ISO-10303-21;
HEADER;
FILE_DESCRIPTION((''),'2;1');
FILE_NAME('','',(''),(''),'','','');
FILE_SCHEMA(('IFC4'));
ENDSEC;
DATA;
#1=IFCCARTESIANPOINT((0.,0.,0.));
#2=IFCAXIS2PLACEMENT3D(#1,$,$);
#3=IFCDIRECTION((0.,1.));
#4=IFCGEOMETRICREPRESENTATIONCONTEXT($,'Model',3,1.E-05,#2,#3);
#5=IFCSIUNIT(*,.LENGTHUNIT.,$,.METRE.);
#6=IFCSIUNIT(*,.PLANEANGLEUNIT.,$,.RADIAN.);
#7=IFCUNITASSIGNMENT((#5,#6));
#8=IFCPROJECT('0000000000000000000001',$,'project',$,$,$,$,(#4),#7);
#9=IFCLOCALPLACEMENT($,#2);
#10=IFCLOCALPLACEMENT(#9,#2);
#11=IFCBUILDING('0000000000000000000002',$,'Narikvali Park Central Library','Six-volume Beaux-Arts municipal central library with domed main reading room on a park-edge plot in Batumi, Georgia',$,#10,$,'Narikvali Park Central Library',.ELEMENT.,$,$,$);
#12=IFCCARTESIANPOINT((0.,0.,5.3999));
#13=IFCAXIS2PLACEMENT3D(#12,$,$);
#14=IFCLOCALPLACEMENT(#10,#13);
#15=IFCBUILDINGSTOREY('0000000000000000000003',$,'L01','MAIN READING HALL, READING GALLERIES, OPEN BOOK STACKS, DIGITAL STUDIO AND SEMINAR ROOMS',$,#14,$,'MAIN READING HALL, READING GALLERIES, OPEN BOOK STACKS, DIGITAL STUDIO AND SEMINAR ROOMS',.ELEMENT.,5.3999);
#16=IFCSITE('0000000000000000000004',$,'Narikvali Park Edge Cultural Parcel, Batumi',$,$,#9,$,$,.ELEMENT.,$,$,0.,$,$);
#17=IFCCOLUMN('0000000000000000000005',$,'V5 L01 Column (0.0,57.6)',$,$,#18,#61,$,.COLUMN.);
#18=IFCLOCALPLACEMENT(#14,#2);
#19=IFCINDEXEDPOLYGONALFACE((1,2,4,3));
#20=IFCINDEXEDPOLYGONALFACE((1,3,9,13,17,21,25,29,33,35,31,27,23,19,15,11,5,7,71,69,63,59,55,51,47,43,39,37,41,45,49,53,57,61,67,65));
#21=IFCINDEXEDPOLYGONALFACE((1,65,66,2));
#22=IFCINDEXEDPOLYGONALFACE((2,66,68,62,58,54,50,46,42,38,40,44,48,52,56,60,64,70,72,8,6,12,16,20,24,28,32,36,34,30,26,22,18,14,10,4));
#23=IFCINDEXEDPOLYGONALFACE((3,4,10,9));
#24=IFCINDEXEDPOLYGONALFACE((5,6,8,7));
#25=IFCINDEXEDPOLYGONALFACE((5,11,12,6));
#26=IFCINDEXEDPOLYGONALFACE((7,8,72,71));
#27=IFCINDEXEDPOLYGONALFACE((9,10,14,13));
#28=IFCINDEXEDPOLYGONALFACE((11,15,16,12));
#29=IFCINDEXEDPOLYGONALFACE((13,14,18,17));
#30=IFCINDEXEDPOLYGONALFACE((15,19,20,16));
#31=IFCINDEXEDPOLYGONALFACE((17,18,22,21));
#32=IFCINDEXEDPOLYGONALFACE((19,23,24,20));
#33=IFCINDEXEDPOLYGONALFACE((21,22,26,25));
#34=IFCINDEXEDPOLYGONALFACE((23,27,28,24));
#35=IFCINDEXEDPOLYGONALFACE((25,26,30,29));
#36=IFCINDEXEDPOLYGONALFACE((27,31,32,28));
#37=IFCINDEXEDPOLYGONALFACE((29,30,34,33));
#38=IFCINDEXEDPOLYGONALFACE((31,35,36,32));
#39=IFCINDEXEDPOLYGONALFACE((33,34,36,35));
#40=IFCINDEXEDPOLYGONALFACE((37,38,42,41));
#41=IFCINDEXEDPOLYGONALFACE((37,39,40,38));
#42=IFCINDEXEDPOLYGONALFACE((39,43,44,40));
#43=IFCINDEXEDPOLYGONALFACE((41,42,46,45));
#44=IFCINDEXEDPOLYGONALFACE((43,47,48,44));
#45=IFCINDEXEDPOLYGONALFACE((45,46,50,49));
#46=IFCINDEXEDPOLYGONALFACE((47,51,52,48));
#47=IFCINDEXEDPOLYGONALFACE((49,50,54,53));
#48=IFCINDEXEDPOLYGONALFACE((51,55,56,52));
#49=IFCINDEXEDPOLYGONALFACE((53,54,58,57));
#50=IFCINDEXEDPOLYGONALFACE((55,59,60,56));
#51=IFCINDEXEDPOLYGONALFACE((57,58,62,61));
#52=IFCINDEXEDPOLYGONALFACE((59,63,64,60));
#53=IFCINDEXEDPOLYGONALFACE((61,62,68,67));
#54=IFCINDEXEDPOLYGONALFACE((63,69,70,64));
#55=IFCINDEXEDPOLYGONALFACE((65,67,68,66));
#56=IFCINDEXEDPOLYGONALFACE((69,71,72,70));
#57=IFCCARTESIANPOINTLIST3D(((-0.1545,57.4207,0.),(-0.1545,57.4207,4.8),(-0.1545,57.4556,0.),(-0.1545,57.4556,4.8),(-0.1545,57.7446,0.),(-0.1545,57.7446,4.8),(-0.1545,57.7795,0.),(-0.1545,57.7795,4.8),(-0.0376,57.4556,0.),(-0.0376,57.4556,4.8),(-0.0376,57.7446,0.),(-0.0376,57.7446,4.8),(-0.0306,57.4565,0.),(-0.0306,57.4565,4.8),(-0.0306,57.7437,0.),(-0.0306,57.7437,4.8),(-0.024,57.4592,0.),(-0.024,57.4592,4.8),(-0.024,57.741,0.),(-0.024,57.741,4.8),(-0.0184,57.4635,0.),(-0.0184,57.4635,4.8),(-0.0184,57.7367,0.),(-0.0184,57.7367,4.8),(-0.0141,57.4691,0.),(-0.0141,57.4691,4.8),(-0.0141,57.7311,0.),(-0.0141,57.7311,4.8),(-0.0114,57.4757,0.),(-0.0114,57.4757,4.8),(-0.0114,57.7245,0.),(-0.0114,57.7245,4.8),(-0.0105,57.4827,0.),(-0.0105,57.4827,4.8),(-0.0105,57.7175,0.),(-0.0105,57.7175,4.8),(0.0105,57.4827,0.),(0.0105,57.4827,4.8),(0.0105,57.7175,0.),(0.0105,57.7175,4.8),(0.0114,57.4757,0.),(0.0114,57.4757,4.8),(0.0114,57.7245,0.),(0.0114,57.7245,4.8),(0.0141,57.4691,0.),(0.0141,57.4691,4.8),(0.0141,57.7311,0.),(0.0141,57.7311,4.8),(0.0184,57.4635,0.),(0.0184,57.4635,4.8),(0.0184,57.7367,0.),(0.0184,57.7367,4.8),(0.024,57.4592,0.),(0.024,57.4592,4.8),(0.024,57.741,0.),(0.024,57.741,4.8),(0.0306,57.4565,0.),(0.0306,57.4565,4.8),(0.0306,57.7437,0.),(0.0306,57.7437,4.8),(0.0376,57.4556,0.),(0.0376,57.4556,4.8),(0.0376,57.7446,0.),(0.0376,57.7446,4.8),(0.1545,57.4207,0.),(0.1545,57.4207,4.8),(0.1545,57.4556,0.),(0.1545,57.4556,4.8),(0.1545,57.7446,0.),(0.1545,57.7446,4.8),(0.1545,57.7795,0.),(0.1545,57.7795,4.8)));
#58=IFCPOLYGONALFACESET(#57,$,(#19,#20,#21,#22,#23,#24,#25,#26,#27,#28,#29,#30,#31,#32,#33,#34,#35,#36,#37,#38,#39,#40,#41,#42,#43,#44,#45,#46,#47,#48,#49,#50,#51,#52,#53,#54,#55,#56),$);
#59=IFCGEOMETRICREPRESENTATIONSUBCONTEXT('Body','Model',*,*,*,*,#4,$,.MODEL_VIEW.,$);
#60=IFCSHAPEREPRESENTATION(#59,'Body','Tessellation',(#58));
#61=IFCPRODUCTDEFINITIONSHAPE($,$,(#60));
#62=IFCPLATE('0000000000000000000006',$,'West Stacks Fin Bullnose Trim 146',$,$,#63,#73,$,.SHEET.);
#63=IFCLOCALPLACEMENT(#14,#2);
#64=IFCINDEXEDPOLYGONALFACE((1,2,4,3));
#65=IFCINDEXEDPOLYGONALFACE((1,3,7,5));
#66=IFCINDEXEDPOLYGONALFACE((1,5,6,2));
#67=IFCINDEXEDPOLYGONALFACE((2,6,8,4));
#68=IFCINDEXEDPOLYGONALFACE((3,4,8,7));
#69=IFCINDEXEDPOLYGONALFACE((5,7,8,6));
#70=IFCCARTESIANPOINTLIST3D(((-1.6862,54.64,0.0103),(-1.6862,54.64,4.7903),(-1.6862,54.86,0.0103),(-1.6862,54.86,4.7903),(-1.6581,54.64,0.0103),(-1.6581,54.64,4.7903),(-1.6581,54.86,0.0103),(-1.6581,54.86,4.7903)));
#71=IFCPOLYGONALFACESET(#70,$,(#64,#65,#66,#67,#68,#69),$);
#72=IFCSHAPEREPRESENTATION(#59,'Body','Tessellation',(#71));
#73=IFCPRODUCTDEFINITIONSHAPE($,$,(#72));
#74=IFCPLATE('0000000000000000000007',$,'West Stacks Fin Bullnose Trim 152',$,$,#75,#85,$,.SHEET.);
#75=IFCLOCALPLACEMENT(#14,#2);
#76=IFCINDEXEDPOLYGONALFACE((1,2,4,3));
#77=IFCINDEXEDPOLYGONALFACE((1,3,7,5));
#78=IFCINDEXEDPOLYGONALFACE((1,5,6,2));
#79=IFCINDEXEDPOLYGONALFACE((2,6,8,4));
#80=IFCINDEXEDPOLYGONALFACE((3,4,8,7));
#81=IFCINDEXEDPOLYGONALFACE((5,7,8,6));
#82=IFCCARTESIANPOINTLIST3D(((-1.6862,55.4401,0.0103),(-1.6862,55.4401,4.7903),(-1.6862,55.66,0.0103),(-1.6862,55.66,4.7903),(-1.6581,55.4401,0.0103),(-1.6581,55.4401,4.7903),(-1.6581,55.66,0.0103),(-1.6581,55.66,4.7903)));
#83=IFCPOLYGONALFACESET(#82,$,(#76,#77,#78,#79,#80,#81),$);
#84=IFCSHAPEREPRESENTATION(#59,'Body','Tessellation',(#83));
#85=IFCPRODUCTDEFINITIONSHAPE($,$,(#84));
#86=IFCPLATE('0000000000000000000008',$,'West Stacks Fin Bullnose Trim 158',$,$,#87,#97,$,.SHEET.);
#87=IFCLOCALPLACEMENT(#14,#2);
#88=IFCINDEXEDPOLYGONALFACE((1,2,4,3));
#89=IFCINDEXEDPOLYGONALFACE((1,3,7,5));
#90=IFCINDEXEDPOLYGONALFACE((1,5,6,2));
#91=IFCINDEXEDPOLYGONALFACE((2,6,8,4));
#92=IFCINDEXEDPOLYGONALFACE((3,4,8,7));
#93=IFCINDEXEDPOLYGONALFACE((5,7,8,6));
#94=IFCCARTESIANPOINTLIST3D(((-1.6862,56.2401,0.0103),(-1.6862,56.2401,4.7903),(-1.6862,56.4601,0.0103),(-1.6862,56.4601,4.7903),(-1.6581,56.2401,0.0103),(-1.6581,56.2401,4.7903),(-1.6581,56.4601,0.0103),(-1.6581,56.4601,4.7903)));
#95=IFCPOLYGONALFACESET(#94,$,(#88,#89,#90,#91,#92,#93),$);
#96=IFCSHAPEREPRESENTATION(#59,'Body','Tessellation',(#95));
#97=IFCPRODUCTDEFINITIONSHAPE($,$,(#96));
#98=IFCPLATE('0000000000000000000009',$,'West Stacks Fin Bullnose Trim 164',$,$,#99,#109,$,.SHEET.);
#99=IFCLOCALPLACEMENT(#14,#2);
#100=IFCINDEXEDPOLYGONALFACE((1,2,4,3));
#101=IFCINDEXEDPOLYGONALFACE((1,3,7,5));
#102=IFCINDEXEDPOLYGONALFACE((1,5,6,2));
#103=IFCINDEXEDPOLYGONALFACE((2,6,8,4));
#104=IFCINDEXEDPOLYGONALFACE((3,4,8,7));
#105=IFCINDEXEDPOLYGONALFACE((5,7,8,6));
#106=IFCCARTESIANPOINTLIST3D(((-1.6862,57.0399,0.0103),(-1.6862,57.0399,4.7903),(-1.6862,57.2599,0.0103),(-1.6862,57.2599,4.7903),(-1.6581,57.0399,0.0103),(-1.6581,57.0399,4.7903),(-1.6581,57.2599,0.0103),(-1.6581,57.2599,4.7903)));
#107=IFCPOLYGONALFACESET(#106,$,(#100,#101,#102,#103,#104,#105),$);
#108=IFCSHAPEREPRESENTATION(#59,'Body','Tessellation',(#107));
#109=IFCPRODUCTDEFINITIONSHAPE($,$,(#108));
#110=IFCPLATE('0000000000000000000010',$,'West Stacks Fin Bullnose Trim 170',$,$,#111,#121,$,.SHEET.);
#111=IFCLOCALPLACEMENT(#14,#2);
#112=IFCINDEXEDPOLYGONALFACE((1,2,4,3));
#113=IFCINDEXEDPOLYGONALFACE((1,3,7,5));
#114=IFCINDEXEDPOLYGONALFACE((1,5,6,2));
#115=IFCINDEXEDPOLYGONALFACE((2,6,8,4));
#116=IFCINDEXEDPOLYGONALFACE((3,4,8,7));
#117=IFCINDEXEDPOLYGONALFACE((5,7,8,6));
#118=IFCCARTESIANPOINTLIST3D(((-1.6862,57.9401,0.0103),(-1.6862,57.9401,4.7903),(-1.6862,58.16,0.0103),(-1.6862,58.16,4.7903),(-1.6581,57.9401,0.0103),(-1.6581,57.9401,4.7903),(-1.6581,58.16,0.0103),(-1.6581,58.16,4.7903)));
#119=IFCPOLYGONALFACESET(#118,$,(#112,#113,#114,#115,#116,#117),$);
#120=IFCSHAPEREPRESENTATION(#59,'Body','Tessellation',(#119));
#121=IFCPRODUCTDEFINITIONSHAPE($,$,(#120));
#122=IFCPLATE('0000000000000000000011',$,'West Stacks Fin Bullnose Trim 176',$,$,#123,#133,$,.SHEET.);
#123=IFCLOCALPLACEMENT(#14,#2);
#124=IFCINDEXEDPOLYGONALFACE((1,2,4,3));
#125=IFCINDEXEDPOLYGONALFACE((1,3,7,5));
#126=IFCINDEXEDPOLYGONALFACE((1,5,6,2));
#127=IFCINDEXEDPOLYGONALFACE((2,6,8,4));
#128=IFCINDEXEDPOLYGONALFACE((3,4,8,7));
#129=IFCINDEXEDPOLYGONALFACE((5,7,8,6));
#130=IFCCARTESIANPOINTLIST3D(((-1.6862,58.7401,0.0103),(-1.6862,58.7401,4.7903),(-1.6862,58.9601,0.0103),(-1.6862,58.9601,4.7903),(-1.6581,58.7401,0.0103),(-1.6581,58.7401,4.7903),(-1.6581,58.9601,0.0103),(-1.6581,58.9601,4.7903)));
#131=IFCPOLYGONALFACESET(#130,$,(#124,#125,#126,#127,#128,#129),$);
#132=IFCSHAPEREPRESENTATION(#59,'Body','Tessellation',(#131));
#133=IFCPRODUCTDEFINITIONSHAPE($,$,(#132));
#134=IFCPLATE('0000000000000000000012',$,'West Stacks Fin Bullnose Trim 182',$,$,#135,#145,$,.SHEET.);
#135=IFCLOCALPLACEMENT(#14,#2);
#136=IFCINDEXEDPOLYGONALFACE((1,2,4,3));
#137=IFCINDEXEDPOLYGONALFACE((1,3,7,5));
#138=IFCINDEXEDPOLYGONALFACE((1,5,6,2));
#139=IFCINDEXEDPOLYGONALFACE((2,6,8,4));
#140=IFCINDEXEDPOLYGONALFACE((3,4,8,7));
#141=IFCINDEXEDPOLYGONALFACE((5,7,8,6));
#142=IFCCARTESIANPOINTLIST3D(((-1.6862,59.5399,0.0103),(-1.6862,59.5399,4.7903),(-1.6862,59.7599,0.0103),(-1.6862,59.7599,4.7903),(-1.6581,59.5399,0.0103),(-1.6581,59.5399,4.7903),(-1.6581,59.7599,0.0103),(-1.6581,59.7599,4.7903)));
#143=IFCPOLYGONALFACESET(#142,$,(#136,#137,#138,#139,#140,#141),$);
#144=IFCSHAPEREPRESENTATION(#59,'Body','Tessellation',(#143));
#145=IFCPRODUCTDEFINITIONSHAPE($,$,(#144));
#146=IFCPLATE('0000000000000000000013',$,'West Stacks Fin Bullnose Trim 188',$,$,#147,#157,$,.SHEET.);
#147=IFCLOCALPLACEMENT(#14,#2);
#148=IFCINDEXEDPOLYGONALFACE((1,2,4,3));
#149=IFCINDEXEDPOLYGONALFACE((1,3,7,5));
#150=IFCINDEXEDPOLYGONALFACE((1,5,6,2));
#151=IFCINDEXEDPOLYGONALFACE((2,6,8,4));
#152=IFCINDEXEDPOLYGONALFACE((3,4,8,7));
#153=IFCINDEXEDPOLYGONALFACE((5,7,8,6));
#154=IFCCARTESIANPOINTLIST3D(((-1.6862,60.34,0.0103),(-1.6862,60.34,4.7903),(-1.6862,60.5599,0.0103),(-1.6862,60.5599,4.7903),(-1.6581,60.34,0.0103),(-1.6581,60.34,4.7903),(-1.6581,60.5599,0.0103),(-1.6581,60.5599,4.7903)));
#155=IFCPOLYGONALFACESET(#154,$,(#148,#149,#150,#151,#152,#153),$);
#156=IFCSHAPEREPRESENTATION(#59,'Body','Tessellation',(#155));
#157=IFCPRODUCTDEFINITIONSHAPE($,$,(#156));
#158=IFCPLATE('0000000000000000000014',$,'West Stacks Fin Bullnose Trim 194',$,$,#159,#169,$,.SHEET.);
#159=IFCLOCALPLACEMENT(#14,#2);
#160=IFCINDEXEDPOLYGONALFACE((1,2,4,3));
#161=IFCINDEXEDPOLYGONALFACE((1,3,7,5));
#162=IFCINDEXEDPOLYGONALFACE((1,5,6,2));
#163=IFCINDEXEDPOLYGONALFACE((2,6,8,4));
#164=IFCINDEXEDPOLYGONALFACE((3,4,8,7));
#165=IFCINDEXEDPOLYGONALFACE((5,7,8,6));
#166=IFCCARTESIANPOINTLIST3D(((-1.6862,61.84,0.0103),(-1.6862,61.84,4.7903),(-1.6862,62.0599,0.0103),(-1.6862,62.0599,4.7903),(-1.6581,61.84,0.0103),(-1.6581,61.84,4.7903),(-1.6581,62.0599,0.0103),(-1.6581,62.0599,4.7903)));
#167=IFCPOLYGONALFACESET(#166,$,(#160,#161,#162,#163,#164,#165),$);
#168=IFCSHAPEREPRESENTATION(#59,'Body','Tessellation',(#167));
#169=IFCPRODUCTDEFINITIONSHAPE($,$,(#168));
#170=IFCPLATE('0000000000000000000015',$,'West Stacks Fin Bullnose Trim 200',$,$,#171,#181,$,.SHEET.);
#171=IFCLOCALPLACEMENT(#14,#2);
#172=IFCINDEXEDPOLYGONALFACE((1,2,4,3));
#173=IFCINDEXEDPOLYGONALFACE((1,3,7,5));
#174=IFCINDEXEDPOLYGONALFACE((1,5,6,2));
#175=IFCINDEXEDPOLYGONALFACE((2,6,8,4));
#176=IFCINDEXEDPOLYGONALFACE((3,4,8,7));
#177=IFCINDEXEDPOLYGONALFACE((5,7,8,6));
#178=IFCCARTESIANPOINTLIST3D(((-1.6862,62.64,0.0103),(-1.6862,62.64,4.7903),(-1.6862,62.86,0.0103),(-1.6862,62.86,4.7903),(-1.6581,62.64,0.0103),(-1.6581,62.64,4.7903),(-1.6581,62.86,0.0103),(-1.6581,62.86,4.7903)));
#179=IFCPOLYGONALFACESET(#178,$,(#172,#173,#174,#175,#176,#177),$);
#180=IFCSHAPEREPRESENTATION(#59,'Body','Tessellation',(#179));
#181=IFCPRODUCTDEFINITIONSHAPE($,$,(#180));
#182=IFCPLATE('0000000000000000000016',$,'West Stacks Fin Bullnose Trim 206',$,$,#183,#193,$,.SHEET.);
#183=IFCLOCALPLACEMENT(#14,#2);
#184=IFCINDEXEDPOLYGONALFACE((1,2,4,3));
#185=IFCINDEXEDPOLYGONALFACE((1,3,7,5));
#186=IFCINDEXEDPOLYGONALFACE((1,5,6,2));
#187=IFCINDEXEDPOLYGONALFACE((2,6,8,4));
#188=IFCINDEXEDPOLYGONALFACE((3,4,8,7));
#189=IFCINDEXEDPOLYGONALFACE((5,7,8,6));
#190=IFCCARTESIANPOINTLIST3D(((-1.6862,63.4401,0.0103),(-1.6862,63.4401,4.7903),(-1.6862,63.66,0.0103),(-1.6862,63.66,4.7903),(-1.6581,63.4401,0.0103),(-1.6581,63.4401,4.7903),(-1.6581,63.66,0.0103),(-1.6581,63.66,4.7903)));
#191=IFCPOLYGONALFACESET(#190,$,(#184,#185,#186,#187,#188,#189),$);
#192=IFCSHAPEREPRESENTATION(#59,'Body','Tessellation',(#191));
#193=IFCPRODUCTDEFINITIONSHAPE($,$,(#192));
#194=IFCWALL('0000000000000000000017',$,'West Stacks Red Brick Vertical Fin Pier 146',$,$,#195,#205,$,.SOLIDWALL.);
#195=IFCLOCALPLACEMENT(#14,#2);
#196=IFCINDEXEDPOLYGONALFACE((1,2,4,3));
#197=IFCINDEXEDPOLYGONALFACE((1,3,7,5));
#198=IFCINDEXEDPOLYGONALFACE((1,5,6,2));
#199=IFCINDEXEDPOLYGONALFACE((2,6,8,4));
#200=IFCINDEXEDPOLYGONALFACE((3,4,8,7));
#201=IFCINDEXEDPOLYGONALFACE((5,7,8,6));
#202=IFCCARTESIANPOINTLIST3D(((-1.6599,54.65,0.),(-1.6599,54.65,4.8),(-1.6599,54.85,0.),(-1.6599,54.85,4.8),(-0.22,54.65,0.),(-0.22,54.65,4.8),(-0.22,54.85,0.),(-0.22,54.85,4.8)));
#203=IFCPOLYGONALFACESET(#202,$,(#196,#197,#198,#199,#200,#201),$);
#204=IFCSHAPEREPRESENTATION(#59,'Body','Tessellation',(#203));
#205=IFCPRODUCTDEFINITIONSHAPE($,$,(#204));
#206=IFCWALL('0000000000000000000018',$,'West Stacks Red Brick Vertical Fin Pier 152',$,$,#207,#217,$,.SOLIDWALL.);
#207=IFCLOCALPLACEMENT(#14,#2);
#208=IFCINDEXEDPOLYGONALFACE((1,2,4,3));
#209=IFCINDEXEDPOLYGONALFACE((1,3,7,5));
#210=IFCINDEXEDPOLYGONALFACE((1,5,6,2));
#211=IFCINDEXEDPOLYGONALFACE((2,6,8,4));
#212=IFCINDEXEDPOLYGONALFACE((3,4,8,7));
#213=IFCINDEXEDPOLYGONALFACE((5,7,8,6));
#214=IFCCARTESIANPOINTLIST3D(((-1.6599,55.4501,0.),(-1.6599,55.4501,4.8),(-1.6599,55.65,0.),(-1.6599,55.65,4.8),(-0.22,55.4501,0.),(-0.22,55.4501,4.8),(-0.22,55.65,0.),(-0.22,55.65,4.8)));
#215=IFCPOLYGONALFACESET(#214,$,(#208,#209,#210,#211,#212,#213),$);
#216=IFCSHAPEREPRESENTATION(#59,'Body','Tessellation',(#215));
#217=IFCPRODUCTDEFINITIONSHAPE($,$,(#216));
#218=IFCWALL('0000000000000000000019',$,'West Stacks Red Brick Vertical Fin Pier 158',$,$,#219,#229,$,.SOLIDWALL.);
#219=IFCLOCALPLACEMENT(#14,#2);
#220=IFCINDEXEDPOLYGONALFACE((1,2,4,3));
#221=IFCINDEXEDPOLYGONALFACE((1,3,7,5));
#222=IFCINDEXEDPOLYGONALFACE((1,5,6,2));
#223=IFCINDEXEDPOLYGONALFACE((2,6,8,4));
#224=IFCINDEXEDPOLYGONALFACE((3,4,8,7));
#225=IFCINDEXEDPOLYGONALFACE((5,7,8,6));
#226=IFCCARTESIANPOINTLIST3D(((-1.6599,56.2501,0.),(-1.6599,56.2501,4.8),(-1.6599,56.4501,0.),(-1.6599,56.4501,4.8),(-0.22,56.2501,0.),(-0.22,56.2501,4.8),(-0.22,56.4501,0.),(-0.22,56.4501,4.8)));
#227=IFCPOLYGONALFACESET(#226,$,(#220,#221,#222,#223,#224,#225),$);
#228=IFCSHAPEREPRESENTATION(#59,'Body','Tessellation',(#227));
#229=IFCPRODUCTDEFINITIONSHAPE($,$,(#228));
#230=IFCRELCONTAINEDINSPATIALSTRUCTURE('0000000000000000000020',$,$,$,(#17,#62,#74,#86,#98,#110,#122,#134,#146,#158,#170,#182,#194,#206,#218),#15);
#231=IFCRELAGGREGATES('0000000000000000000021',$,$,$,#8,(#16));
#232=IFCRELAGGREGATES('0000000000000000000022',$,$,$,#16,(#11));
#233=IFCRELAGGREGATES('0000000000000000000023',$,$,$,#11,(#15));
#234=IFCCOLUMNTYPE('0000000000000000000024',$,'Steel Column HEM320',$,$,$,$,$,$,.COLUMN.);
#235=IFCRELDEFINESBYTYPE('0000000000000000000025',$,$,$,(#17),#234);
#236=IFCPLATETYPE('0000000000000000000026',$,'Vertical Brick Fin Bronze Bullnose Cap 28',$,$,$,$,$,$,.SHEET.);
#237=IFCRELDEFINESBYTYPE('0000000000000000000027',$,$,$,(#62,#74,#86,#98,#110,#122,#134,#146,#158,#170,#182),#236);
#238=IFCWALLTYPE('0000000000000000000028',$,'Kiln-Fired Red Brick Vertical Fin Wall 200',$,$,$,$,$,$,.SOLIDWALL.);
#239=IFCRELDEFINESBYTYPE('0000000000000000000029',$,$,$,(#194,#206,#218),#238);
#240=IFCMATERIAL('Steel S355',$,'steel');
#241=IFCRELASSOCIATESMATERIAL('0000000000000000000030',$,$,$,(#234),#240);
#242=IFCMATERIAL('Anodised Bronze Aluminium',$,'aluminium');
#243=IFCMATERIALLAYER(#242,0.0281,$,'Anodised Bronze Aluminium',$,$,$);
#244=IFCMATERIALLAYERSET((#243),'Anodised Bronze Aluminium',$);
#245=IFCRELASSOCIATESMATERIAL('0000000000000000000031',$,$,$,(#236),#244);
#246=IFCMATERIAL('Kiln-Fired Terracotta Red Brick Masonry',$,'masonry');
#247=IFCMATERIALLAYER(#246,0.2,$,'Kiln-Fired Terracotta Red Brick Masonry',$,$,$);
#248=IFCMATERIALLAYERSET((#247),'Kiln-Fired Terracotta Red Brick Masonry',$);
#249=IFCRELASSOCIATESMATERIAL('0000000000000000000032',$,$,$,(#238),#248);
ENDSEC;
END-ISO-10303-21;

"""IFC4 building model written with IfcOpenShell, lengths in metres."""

from ifc_helpers import new_model, si_unit, direction, frame, frame_2d, origin, origin_2d, place, context, subcontext, project, spatial, rectangle, i_section, extrude, material, layer, layer_set, material_profile, profile_set, type_object, element, save


model = new_model("IFC4")

# Units and contexts
model_context = context("Model", 3, precision=1e-05, world=origin(), true_north=direction((0.0, 1.0)))
body_context = subcontext(model_context, "Body", "Model", "MODEL_VIEW")
ifc_project = project(units=[si_unit("LENGTHUNIT", "METRE"), si_unit("PLANEANGLEUNIT", "RADIAN")], contexts=[model_context])

# Site, building, storey
site_placement = place(None, origin())
site = spatial("IfcSite", under=ifc_project, at=site_placement, Name="Narikvali Park Edge Cultural Parcel, Batumi", CompositionType="ELEMENT", RefElevation=0.0)
building_placement = place(site_placement, origin())
building = spatial("IfcBuilding", under=site, at=building_placement, Name="Narikvali Park Central Library", Description="Six-volume Beaux-Arts municipal central library with domed main reading room on a park-edge plot in Batumi, Georgia", LongName="Narikvali Park Central Library", CompositionType="ELEMENT")
storey_placement = place(building_placement, frame((0.0, 0.0, 5.3999)))
storey = spatial("IfcBuildingStorey", under=building, at=storey_placement, Name="L01", Description="MAIN READING HALL, READING GALLERIES, OPEN BOOK STACKS, DIGITAL STUDIO AND SEMINAR ROOMS", LongName="MAIN READING HALL, READING GALLERIES, OPEN BOOK STACKS, DIGITAL STUDIO AND SEMINAR ROOMS", CompositionType="ELEMENT", Elevation=5.3999)

# Column
ifc_material_1 = material(Name="Steel S355", Category="steel")
ifc_material_profile = material_profile(ifc_material_1, i_section(OverallWidth=0.3091, OverallDepth=0.3589, WebThickness=0.021, FlangeThickness=0.0349, FilletRadius=0.0271, at=origin_2d()), Name="HEM 320")
ifc_profile_set = profile_set([ifc_material_profile], Name="Steel S355")
column_type = type_object("IfcColumnType", Name="Steel Column HEM320", PredefinedType="COLUMN", material=ifc_profile_set)
column_placement = place(storey_placement, frame((0.0, 57.6001, 0.0), z_axis=(0.0, 0.0, 1.0), x_axis=(1.0, 0.0, 0.0)))
element("IfcColumn", 1, at=column_placement, inside=storey, type_object=column_type, Name="V5 L01 Column (0.0,57.6)", PredefinedType="COLUMN", context=body_context, shape_type="SweptSolid", body=[
    extrude(i_section(OverallWidth=0.3091, OverallDepth=0.3589, WebThickness=0.021, FlangeThickness=0.0349, FilletRadius=0.0271, at=origin_2d()), origin(), (0.0, 0.0, 1.0), 4.8),
])

# Plates
ifc_material_2 = material(Name="Anodised Bronze Aluminium", Category="aluminium")
ifc_layer_1 = layer(ifc_material_2, 0.0281, Name="Anodised Bronze Aluminium")
ifc_layer_set_1 = layer_set([ifc_layer_1], Name="Anodised Bronze Aluminium")
plate_type = type_object("IfcPlateType", Name="Vertical Brick Fin Bronze Bullnose Cap 28", PredefinedType="SHEET", material=ifc_layer_set_1)
for number, where, z_axis, x_axis, name in (
    (2, (-1.6721, 54.75, 0.0103), (0.0, 0.0, 1.0), (1.0, 0.0, 0.0), "West Stacks Fin Bullnose Trim 146"),
    (3, (-1.6721, 55.55, 0.0103), (0.0, 0.0, 1.0), (1.0, 0.0, 0.0), "West Stacks Fin Bullnose Trim 152"),
    (4, (-1.6721, 56.3501, 0.0103), (0.0, 0.0, 1.0), (1.0, 0.0, 0.0), "West Stacks Fin Bullnose Trim 158"),
    (5, (-1.6721, 57.1499, 0.0103), (0.0, 0.0, 1.0), (1.0, 0.0, 0.0), "West Stacks Fin Bullnose Trim 164"),
    (6, (-1.6721, 58.05, 0.0103), (0.0, 0.0, 1.0), (1.0, 0.0, 0.0), "West Stacks Fin Bullnose Trim 170"),
    (7, (-1.6721, 58.8501, 0.0103), (0.0, 0.0, 1.0), (1.0, 0.0, 0.0), "West Stacks Fin Bullnose Trim 176"),
    (8, (-1.6721, 59.6499, 0.0103), (0.0, 0.0, 1.0), (1.0, 0.0, 0.0), "West Stacks Fin Bullnose Trim 182"),
    (9, (-1.6721, 60.45, 0.0103), (0.0, 0.0, 1.0), (1.0, 0.0, 0.0), "West Stacks Fin Bullnose Trim 188"),
    (10, (-1.6721, 61.95, 0.0103), (0.0, 0.0, 1.0), (1.0, 0.0, 0.0), "West Stacks Fin Bullnose Trim 194"),
    (11, (-1.6721, 62.75, 0.0103), (0.0, 0.0, 1.0), (1.0, 0.0, 0.0), "West Stacks Fin Bullnose Trim 200"),
    (12, (-1.6721, 63.55, 0.0103), (0.0, 0.0, 1.0), (1.0, 0.0, 0.0), "West Stacks Fin Bullnose Trim 206"),
):
    element("IfcPlate", number, at=place(storey_placement, frame(where, z_axis=z_axis, x_axis=x_axis)), inside=storey, type_object=plate_type, Name=name, PredefinedType="SHEET", context=body_context, shape_type="SweptSolid", body=[
        extrude(rectangle(XDim=0.0281, YDim=0.22, at=origin_2d()), origin(), (0.0, 0.0, 1.0), 4.78),
    ])

# Walls
ifc_material_3 = material(Name="Kiln-Fired Terracotta Red Brick Masonry", Category="masonry")
ifc_layer_2 = layer(ifc_material_3, 0.2, Name="Kiln-Fired Terracotta Red Brick Masonry")
ifc_layer_set_2 = layer_set([ifc_layer_2], Name="Kiln-Fired Terracotta Red Brick Masonry")
wall_type_1 = type_object("IfcWallType", Name="Kiln-Fired Red Brick Vertical Fin Wall 200", PredefinedType="SOLIDWALL", material=ifc_layer_set_2)
for number, where, z_axis, x_axis, name in (
    (13, (-1.6599, 54.75, 0.0), (0.0, 0.0, 1.0), (1.0, 0.0, 0.0), "West Stacks Red Brick Vertical Fin Pier 146"),
    (14, (-1.6599, 55.55, 0.0), (0.0, 0.0, 1.0), (1.0, 0.0, 0.0), "West Stacks Red Brick Vertical Fin Pier 152"),
    (15, (-1.6599, 56.3501, 0.0), (0.0, 0.0, 1.0), (1.0, 0.0, 0.0), "West Stacks Red Brick Vertical Fin Pier 158"),
):
    element("IfcWall", number, at=place(storey_placement, frame(where, z_axis=z_axis, x_axis=x_axis)), inside=storey, type_object=wall_type_1, Name=name, PredefinedType="SOLIDWALL", context=body_context, shape_type="SweptSolid", body=[
        extrude(rectangle(XDim=1.4399, YDim=0.2, at=frame_2d((0.72, 0.0))), origin(), (0.0, 0.0, 1.0), 4.8),
    ])

save(model, "model.ifc")
